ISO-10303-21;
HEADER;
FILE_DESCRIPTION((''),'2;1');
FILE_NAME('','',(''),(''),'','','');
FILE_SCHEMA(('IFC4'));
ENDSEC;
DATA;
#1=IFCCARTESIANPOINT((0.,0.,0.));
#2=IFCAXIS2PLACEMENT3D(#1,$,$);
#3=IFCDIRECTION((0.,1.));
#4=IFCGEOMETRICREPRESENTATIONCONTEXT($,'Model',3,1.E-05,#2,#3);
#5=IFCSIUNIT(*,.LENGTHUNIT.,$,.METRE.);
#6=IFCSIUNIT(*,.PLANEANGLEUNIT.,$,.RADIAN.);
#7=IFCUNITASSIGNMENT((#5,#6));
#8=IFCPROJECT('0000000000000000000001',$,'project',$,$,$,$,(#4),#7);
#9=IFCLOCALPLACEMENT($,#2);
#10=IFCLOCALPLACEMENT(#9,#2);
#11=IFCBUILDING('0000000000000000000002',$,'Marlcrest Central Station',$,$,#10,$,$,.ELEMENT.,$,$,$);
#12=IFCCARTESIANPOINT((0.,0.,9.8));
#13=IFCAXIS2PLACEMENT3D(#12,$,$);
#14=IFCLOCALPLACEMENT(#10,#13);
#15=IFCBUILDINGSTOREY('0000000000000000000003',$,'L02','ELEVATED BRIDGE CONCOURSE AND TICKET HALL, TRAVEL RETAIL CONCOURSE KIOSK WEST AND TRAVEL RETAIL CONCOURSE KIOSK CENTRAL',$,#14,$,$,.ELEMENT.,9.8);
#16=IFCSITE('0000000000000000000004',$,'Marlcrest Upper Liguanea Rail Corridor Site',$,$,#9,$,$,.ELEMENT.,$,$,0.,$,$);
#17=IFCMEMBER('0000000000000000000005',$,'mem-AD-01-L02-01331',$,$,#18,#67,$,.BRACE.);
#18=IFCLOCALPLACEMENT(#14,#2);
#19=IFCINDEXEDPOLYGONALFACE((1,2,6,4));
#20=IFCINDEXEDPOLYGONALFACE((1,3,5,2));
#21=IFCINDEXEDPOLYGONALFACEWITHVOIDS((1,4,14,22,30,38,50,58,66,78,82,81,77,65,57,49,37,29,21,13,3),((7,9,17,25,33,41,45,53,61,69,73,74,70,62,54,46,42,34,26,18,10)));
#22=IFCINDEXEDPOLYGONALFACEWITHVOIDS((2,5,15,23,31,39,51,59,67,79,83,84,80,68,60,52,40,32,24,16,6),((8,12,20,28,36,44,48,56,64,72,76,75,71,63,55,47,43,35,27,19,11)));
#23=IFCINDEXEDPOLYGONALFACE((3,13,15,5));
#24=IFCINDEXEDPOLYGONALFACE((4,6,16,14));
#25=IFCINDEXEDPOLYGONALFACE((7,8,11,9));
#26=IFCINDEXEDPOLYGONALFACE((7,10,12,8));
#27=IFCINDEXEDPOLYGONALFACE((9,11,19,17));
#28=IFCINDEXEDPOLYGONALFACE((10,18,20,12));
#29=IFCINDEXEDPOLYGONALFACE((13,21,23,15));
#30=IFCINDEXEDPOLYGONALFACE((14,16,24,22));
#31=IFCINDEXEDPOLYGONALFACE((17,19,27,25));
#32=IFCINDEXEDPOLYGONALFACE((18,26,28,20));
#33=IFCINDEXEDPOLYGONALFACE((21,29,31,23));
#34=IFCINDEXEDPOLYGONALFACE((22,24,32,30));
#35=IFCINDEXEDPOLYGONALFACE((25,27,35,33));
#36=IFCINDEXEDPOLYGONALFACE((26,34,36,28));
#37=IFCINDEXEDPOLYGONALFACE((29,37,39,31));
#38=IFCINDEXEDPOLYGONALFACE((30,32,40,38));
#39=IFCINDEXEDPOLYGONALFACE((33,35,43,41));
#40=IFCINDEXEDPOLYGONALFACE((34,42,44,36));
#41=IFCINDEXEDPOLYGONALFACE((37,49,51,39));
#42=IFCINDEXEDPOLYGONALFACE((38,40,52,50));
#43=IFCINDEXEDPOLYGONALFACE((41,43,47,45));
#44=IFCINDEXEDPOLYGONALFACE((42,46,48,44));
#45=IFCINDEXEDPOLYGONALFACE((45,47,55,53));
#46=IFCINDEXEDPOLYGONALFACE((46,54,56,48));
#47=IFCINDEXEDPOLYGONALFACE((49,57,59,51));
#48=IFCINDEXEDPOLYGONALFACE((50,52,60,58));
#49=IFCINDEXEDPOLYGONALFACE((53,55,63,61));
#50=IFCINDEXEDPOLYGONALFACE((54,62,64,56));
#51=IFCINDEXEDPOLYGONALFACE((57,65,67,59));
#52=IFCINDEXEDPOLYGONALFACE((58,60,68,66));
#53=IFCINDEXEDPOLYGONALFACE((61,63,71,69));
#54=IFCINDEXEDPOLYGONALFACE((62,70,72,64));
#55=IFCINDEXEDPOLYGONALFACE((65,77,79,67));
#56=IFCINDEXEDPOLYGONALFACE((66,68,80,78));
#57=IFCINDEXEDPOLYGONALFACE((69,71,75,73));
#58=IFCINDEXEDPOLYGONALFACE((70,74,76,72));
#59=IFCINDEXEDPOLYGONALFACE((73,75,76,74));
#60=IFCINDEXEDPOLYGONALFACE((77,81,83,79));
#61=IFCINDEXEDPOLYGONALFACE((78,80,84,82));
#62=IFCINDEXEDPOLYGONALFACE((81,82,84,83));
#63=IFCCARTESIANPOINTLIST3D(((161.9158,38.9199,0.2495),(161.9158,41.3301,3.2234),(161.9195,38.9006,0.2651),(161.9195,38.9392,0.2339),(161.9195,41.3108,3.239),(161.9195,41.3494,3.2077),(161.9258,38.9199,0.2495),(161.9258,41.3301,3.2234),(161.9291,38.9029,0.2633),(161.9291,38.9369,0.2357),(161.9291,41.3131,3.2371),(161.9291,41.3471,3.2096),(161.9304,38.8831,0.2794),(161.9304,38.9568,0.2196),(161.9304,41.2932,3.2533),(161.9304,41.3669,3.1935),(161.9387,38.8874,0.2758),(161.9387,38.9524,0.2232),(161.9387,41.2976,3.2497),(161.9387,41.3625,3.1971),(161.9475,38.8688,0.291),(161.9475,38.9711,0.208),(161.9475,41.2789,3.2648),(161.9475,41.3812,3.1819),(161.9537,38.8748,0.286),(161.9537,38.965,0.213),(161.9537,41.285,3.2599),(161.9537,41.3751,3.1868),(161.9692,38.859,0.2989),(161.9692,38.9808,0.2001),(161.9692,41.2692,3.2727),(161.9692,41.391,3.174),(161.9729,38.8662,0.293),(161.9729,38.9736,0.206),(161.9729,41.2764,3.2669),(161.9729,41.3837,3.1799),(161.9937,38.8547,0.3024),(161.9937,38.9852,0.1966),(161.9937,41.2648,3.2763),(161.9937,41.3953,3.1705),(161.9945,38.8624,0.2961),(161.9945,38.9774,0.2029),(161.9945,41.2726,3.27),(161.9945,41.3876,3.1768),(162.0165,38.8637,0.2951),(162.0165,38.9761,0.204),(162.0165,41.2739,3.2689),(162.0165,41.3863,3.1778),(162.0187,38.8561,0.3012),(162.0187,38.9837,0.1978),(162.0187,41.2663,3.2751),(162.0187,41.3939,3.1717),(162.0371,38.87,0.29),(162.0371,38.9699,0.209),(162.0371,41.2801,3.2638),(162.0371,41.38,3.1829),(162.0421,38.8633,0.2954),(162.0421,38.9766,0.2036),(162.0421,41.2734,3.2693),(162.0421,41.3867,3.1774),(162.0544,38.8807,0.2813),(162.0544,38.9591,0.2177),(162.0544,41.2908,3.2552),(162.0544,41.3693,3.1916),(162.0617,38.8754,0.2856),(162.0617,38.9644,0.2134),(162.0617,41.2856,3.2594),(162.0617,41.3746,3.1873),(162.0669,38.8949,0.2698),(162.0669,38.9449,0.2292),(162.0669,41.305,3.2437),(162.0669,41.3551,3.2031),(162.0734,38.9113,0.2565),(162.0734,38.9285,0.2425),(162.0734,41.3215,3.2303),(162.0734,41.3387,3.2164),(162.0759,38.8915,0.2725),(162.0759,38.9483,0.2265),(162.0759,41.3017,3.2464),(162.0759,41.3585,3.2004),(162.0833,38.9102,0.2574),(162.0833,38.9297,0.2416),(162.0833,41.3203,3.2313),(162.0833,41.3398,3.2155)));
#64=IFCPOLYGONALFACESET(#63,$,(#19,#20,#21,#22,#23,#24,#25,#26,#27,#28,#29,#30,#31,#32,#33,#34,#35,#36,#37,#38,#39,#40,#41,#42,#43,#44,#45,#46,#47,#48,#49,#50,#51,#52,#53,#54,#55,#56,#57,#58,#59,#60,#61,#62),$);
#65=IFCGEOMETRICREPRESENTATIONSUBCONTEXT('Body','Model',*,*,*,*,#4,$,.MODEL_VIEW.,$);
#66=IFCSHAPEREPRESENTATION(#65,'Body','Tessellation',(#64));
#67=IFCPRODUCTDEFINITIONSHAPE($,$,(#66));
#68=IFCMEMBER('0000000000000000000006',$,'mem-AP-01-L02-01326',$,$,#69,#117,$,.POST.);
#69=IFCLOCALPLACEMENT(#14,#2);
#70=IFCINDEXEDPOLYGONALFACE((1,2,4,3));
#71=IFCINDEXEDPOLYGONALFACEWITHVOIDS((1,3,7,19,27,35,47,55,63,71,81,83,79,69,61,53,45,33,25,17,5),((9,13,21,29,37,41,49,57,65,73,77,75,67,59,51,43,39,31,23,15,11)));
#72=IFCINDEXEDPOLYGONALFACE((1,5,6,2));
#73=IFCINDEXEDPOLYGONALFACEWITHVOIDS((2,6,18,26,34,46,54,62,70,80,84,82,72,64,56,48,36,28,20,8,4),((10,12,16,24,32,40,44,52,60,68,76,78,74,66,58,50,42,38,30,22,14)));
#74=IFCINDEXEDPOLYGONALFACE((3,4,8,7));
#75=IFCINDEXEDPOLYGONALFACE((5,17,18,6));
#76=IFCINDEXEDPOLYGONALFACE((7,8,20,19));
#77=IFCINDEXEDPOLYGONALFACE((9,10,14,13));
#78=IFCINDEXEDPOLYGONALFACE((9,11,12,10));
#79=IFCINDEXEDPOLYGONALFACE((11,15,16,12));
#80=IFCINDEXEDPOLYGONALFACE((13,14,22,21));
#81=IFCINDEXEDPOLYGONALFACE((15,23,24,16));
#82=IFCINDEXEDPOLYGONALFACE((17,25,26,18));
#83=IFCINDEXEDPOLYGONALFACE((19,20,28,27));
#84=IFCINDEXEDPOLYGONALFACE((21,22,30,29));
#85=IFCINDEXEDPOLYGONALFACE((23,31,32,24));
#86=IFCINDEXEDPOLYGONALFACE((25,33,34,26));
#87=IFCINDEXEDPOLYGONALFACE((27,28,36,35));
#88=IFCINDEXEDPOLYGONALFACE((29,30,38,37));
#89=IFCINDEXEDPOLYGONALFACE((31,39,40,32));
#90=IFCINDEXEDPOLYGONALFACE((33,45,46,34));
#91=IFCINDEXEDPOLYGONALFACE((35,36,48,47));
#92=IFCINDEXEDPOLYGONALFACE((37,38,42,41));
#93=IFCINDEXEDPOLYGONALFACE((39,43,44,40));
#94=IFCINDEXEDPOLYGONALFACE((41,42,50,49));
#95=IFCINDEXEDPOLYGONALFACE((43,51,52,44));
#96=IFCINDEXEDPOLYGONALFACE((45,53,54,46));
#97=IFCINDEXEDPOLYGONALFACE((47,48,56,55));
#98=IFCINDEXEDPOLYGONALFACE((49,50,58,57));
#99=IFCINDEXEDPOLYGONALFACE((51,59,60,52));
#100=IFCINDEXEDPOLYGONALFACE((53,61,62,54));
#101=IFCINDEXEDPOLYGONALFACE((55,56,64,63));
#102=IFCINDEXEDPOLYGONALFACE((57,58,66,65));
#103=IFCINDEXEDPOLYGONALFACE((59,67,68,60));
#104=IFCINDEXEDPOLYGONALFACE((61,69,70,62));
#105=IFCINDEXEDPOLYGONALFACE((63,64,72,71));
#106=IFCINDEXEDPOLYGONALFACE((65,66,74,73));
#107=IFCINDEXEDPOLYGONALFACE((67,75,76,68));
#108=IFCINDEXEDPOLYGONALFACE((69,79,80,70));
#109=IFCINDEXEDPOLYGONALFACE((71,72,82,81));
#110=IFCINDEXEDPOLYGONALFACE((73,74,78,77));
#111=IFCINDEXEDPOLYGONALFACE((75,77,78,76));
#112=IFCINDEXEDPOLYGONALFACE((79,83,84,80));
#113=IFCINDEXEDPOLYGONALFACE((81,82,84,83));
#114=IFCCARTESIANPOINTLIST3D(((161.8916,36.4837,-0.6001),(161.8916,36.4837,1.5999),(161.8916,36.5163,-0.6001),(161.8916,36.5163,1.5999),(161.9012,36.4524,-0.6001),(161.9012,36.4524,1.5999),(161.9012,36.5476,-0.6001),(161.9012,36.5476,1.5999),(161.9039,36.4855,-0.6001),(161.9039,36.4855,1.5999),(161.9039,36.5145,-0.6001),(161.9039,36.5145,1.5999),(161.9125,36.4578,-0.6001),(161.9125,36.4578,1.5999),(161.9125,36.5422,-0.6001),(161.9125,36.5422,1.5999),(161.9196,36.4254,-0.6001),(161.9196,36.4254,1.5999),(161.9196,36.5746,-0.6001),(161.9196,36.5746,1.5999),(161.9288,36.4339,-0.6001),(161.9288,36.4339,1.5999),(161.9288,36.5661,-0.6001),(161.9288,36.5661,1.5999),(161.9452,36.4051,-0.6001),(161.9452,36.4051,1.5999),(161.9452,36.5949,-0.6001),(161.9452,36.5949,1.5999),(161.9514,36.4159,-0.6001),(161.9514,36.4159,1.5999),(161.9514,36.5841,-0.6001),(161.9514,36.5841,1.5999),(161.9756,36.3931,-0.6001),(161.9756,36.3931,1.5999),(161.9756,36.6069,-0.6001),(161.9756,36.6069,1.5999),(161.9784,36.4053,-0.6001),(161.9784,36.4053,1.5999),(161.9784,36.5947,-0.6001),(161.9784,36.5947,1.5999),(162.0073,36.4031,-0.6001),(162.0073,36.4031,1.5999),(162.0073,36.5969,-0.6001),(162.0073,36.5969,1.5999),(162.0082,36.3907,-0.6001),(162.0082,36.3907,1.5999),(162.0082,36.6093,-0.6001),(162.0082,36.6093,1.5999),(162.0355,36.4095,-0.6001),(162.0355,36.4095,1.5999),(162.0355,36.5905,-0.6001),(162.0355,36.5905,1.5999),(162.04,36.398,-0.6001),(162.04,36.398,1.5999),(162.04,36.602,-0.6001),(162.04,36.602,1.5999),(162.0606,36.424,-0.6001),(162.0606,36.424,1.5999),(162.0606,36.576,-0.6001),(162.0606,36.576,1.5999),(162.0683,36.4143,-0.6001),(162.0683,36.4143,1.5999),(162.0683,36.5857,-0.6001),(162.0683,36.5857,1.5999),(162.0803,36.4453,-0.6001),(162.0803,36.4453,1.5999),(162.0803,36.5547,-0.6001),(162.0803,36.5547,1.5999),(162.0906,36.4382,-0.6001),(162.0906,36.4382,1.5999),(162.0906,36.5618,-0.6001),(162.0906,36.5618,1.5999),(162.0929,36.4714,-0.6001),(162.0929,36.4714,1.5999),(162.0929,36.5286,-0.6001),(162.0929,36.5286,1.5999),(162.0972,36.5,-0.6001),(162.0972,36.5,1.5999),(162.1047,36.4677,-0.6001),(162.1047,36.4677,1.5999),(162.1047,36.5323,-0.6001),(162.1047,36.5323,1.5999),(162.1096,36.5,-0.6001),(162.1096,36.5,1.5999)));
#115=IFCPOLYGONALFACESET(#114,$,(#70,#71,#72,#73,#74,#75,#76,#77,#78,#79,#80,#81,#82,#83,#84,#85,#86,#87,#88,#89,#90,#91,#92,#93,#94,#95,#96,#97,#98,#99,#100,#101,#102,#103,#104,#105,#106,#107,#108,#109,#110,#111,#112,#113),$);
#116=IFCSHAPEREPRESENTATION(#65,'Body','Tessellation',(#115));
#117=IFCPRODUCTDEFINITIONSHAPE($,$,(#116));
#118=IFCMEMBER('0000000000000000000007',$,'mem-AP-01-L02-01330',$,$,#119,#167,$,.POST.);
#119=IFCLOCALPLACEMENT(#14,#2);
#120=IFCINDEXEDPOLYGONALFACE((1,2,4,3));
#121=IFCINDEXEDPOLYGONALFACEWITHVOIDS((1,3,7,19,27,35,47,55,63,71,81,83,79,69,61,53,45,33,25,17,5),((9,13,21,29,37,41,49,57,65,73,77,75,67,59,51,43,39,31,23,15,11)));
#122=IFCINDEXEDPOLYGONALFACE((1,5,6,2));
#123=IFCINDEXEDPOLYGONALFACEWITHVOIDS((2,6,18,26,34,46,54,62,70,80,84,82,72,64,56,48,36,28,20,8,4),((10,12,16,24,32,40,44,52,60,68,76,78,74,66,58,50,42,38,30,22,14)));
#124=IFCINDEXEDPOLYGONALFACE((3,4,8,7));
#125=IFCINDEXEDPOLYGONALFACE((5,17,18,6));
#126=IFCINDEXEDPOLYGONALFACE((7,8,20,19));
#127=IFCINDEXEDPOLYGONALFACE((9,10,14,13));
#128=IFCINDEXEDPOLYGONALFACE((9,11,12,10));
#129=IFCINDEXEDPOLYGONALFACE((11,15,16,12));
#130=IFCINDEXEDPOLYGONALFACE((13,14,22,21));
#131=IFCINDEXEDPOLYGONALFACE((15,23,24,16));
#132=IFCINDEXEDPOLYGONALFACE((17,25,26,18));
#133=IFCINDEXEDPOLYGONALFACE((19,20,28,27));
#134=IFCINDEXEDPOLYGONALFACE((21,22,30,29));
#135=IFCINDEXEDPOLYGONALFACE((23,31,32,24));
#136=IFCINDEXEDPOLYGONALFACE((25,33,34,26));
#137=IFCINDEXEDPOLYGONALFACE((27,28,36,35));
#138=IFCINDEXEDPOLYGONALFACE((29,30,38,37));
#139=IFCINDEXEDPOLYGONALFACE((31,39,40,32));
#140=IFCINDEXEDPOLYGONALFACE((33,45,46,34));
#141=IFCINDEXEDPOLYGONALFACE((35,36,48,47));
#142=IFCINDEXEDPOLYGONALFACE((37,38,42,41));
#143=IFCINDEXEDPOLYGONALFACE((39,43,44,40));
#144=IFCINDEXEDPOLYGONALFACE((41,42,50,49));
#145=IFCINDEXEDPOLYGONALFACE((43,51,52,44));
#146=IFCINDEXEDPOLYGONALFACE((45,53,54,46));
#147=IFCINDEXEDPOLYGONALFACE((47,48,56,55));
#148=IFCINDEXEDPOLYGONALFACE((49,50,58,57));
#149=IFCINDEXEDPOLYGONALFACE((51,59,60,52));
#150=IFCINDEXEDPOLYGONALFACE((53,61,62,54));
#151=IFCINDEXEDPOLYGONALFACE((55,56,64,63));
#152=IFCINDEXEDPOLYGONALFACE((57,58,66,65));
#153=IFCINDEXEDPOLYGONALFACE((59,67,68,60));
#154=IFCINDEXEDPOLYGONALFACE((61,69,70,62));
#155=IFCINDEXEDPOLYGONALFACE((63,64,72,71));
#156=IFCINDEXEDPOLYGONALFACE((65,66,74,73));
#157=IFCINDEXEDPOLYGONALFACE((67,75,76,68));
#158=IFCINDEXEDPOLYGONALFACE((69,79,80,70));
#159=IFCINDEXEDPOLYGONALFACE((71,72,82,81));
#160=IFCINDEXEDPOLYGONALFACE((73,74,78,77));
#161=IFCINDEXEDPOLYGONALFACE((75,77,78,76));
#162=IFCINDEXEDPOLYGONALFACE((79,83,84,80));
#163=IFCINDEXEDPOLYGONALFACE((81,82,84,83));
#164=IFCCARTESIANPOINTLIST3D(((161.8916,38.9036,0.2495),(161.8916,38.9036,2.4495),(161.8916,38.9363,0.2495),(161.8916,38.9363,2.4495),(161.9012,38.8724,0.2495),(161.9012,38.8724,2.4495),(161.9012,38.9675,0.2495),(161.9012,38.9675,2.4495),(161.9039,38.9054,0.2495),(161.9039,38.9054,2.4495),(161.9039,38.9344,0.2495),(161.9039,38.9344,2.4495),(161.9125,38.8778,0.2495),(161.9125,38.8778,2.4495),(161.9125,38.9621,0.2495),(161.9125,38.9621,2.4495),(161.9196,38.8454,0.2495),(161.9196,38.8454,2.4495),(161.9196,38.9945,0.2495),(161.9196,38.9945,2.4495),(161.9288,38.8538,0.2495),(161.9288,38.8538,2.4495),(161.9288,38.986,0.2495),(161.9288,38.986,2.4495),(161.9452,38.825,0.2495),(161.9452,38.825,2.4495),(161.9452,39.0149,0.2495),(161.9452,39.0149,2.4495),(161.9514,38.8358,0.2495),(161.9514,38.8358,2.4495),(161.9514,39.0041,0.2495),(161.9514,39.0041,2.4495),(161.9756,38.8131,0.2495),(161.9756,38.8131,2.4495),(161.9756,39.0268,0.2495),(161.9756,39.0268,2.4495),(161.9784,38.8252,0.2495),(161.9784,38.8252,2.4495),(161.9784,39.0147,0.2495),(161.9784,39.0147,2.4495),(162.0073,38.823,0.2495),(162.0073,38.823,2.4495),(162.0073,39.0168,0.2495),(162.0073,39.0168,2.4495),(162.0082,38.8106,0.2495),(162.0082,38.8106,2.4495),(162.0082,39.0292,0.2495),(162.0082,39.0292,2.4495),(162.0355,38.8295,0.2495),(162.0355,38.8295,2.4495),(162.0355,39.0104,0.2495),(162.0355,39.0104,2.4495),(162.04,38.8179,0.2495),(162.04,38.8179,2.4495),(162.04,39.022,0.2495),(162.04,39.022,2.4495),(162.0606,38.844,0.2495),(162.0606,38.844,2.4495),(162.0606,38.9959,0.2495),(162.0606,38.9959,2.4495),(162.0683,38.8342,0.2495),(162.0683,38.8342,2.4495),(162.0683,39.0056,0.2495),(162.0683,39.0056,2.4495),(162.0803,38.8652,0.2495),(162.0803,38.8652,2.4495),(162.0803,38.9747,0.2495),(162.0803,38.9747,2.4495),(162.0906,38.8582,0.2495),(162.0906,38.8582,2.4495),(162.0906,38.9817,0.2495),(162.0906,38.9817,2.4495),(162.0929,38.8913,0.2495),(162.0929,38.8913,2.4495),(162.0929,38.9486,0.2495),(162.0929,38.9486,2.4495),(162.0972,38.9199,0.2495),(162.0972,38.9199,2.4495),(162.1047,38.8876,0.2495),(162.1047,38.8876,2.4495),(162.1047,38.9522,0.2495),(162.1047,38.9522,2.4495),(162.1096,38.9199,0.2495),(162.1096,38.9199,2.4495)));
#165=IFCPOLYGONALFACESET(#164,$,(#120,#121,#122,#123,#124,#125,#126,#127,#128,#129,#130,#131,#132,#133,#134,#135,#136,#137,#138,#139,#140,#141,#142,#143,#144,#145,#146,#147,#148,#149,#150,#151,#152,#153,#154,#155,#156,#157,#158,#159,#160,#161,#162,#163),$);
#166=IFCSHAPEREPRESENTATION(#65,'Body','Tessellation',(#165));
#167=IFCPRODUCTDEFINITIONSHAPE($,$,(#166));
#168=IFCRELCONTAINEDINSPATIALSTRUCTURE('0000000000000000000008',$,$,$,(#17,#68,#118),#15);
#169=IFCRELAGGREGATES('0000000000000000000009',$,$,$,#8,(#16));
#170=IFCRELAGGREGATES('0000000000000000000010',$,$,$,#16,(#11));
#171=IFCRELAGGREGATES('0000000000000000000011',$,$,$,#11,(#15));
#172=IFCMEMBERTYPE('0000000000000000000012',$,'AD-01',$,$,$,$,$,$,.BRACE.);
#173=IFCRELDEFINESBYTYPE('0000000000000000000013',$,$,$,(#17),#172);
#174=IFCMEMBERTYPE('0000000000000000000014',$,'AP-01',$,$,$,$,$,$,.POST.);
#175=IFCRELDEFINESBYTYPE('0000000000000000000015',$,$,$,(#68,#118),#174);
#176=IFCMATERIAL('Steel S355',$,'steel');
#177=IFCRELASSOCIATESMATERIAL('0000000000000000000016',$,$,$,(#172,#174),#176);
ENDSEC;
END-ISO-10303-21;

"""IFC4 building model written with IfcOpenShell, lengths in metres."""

from ifc_helpers import new_model, si_unit, direction, frame, origin, origin_2d, place, context, subcontext, project, spatial, hollow_circle, extrude, material, material_profile, profile_set, type_object, element, save


model = new_model("IFC4")

# Units and contexts
model_context = context("Model", 3, precision=1e-05, world=origin(), true_north=direction((0.0, 1.0)))
body_context = subcontext(model_context, "Body", "Model", "MODEL_VIEW")
ifc_project = project(units=[si_unit("LENGTHUNIT", "METRE"), si_unit("PLANEANGLEUNIT", "RADIAN")], contexts=[model_context])

# Site, building, storey
site_placement = place(None, origin())
site = spatial("IfcSite", under=ifc_project, at=site_placement, Name="Marlcrest Upper Liguanea Rail Corridor Site", CompositionType="ELEMENT", RefElevation=0.0)
building_placement = place(site_placement, origin())
building = spatial("IfcBuilding", under=site, at=building_placement, Name="Marlcrest Central Station", CompositionType="ELEMENT")
storey_placement = place(building_placement, frame((0.0, 0.0, 9.8)))
storey = spatial("IfcBuildingStorey", under=building, at=storey_placement, Name="L02", Description="ELEVATED BRIDGE CONCOURSE AND TICKET HALL, TRAVEL RETAIL CONCOURSE KIOSK WEST AND TRAVEL RETAIL CONCOURSE KIOSK CENTRAL", CompositionType="ELEMENT", Elevation=9.8)

# Members
ifc_material_1 = material(Name="Steel S355", Category="steel")
ifc_material_profile_1 = material_profile(ifc_material_1, hollow_circle(Radius=0.0842, WallThickness=0.01, at=origin_2d()), Name="CHS 168.3x10")
ifc_profile_set_1 = profile_set([ifc_material_profile_1], Name="Steel S355")
member_type_1 = type_object("IfcMemberType", Name="AD-01", PredefinedType="BRACE", material=ifc_profile_set_1)
member_1_placement = place(storey_placement, frame((162.0, 38.9199, 0.2495), z_axis=(0.0, 0.629629, 0.776896), x_axis=(-1.0, 0.0, 0.0)))
element("IfcMember", 1, at=member_1_placement, inside=storey, type_object=member_type_1, Name="mem-AD-01-L02-01331", PredefinedType="BRACE", context=body_context, shape_type="SweptSolid", body=[
    extrude(hollow_circle(Radius=0.0842, WallThickness=0.01, at=origin_2d()), origin(), (0.0, 0.0, 1.0), 3.8279),
])
ifc_material_profile_2 = material_profile(ifc_material_1, hollow_circle(Radius=0.1096, WallThickness=0.0125, at=origin_2d()), Name="CHS 219.1x12.5")
ifc_profile_set_2 = profile_set([ifc_material_profile_2], Name="Steel S355")
member_type_2 = type_object("IfcMemberType", Name="AP-01", PredefinedType="POST", material=ifc_profile_set_2)
for number, where, z_axis, x_axis, name in (
    (2, (162.0, 36.5, -0.6001), (0.0, 0.0, 1.0), (1.0, 0.0, 0.0), "mem-AP-01-L02-01326"),
    (3, (162.0, 38.9199, 0.2495), (0.0, 0.0, 1.0), (1.0, 0.0, 0.0), "mem-AP-01-L02-01330"),
):
    element("IfcMember", number, at=place(storey_placement, frame(where, z_axis=z_axis, x_axis=x_axis)), inside=storey, type_object=member_type_2, Name=name, PredefinedType="POST", context=body_context, shape_type="SweptSolid", body=[
        extrude(hollow_circle(Radius=0.1096, WallThickness=0.0125, at=origin_2d()), origin(), (0.0, 0.0, 1.0), 2.2),
    ])

save(model, "model.ifc")
